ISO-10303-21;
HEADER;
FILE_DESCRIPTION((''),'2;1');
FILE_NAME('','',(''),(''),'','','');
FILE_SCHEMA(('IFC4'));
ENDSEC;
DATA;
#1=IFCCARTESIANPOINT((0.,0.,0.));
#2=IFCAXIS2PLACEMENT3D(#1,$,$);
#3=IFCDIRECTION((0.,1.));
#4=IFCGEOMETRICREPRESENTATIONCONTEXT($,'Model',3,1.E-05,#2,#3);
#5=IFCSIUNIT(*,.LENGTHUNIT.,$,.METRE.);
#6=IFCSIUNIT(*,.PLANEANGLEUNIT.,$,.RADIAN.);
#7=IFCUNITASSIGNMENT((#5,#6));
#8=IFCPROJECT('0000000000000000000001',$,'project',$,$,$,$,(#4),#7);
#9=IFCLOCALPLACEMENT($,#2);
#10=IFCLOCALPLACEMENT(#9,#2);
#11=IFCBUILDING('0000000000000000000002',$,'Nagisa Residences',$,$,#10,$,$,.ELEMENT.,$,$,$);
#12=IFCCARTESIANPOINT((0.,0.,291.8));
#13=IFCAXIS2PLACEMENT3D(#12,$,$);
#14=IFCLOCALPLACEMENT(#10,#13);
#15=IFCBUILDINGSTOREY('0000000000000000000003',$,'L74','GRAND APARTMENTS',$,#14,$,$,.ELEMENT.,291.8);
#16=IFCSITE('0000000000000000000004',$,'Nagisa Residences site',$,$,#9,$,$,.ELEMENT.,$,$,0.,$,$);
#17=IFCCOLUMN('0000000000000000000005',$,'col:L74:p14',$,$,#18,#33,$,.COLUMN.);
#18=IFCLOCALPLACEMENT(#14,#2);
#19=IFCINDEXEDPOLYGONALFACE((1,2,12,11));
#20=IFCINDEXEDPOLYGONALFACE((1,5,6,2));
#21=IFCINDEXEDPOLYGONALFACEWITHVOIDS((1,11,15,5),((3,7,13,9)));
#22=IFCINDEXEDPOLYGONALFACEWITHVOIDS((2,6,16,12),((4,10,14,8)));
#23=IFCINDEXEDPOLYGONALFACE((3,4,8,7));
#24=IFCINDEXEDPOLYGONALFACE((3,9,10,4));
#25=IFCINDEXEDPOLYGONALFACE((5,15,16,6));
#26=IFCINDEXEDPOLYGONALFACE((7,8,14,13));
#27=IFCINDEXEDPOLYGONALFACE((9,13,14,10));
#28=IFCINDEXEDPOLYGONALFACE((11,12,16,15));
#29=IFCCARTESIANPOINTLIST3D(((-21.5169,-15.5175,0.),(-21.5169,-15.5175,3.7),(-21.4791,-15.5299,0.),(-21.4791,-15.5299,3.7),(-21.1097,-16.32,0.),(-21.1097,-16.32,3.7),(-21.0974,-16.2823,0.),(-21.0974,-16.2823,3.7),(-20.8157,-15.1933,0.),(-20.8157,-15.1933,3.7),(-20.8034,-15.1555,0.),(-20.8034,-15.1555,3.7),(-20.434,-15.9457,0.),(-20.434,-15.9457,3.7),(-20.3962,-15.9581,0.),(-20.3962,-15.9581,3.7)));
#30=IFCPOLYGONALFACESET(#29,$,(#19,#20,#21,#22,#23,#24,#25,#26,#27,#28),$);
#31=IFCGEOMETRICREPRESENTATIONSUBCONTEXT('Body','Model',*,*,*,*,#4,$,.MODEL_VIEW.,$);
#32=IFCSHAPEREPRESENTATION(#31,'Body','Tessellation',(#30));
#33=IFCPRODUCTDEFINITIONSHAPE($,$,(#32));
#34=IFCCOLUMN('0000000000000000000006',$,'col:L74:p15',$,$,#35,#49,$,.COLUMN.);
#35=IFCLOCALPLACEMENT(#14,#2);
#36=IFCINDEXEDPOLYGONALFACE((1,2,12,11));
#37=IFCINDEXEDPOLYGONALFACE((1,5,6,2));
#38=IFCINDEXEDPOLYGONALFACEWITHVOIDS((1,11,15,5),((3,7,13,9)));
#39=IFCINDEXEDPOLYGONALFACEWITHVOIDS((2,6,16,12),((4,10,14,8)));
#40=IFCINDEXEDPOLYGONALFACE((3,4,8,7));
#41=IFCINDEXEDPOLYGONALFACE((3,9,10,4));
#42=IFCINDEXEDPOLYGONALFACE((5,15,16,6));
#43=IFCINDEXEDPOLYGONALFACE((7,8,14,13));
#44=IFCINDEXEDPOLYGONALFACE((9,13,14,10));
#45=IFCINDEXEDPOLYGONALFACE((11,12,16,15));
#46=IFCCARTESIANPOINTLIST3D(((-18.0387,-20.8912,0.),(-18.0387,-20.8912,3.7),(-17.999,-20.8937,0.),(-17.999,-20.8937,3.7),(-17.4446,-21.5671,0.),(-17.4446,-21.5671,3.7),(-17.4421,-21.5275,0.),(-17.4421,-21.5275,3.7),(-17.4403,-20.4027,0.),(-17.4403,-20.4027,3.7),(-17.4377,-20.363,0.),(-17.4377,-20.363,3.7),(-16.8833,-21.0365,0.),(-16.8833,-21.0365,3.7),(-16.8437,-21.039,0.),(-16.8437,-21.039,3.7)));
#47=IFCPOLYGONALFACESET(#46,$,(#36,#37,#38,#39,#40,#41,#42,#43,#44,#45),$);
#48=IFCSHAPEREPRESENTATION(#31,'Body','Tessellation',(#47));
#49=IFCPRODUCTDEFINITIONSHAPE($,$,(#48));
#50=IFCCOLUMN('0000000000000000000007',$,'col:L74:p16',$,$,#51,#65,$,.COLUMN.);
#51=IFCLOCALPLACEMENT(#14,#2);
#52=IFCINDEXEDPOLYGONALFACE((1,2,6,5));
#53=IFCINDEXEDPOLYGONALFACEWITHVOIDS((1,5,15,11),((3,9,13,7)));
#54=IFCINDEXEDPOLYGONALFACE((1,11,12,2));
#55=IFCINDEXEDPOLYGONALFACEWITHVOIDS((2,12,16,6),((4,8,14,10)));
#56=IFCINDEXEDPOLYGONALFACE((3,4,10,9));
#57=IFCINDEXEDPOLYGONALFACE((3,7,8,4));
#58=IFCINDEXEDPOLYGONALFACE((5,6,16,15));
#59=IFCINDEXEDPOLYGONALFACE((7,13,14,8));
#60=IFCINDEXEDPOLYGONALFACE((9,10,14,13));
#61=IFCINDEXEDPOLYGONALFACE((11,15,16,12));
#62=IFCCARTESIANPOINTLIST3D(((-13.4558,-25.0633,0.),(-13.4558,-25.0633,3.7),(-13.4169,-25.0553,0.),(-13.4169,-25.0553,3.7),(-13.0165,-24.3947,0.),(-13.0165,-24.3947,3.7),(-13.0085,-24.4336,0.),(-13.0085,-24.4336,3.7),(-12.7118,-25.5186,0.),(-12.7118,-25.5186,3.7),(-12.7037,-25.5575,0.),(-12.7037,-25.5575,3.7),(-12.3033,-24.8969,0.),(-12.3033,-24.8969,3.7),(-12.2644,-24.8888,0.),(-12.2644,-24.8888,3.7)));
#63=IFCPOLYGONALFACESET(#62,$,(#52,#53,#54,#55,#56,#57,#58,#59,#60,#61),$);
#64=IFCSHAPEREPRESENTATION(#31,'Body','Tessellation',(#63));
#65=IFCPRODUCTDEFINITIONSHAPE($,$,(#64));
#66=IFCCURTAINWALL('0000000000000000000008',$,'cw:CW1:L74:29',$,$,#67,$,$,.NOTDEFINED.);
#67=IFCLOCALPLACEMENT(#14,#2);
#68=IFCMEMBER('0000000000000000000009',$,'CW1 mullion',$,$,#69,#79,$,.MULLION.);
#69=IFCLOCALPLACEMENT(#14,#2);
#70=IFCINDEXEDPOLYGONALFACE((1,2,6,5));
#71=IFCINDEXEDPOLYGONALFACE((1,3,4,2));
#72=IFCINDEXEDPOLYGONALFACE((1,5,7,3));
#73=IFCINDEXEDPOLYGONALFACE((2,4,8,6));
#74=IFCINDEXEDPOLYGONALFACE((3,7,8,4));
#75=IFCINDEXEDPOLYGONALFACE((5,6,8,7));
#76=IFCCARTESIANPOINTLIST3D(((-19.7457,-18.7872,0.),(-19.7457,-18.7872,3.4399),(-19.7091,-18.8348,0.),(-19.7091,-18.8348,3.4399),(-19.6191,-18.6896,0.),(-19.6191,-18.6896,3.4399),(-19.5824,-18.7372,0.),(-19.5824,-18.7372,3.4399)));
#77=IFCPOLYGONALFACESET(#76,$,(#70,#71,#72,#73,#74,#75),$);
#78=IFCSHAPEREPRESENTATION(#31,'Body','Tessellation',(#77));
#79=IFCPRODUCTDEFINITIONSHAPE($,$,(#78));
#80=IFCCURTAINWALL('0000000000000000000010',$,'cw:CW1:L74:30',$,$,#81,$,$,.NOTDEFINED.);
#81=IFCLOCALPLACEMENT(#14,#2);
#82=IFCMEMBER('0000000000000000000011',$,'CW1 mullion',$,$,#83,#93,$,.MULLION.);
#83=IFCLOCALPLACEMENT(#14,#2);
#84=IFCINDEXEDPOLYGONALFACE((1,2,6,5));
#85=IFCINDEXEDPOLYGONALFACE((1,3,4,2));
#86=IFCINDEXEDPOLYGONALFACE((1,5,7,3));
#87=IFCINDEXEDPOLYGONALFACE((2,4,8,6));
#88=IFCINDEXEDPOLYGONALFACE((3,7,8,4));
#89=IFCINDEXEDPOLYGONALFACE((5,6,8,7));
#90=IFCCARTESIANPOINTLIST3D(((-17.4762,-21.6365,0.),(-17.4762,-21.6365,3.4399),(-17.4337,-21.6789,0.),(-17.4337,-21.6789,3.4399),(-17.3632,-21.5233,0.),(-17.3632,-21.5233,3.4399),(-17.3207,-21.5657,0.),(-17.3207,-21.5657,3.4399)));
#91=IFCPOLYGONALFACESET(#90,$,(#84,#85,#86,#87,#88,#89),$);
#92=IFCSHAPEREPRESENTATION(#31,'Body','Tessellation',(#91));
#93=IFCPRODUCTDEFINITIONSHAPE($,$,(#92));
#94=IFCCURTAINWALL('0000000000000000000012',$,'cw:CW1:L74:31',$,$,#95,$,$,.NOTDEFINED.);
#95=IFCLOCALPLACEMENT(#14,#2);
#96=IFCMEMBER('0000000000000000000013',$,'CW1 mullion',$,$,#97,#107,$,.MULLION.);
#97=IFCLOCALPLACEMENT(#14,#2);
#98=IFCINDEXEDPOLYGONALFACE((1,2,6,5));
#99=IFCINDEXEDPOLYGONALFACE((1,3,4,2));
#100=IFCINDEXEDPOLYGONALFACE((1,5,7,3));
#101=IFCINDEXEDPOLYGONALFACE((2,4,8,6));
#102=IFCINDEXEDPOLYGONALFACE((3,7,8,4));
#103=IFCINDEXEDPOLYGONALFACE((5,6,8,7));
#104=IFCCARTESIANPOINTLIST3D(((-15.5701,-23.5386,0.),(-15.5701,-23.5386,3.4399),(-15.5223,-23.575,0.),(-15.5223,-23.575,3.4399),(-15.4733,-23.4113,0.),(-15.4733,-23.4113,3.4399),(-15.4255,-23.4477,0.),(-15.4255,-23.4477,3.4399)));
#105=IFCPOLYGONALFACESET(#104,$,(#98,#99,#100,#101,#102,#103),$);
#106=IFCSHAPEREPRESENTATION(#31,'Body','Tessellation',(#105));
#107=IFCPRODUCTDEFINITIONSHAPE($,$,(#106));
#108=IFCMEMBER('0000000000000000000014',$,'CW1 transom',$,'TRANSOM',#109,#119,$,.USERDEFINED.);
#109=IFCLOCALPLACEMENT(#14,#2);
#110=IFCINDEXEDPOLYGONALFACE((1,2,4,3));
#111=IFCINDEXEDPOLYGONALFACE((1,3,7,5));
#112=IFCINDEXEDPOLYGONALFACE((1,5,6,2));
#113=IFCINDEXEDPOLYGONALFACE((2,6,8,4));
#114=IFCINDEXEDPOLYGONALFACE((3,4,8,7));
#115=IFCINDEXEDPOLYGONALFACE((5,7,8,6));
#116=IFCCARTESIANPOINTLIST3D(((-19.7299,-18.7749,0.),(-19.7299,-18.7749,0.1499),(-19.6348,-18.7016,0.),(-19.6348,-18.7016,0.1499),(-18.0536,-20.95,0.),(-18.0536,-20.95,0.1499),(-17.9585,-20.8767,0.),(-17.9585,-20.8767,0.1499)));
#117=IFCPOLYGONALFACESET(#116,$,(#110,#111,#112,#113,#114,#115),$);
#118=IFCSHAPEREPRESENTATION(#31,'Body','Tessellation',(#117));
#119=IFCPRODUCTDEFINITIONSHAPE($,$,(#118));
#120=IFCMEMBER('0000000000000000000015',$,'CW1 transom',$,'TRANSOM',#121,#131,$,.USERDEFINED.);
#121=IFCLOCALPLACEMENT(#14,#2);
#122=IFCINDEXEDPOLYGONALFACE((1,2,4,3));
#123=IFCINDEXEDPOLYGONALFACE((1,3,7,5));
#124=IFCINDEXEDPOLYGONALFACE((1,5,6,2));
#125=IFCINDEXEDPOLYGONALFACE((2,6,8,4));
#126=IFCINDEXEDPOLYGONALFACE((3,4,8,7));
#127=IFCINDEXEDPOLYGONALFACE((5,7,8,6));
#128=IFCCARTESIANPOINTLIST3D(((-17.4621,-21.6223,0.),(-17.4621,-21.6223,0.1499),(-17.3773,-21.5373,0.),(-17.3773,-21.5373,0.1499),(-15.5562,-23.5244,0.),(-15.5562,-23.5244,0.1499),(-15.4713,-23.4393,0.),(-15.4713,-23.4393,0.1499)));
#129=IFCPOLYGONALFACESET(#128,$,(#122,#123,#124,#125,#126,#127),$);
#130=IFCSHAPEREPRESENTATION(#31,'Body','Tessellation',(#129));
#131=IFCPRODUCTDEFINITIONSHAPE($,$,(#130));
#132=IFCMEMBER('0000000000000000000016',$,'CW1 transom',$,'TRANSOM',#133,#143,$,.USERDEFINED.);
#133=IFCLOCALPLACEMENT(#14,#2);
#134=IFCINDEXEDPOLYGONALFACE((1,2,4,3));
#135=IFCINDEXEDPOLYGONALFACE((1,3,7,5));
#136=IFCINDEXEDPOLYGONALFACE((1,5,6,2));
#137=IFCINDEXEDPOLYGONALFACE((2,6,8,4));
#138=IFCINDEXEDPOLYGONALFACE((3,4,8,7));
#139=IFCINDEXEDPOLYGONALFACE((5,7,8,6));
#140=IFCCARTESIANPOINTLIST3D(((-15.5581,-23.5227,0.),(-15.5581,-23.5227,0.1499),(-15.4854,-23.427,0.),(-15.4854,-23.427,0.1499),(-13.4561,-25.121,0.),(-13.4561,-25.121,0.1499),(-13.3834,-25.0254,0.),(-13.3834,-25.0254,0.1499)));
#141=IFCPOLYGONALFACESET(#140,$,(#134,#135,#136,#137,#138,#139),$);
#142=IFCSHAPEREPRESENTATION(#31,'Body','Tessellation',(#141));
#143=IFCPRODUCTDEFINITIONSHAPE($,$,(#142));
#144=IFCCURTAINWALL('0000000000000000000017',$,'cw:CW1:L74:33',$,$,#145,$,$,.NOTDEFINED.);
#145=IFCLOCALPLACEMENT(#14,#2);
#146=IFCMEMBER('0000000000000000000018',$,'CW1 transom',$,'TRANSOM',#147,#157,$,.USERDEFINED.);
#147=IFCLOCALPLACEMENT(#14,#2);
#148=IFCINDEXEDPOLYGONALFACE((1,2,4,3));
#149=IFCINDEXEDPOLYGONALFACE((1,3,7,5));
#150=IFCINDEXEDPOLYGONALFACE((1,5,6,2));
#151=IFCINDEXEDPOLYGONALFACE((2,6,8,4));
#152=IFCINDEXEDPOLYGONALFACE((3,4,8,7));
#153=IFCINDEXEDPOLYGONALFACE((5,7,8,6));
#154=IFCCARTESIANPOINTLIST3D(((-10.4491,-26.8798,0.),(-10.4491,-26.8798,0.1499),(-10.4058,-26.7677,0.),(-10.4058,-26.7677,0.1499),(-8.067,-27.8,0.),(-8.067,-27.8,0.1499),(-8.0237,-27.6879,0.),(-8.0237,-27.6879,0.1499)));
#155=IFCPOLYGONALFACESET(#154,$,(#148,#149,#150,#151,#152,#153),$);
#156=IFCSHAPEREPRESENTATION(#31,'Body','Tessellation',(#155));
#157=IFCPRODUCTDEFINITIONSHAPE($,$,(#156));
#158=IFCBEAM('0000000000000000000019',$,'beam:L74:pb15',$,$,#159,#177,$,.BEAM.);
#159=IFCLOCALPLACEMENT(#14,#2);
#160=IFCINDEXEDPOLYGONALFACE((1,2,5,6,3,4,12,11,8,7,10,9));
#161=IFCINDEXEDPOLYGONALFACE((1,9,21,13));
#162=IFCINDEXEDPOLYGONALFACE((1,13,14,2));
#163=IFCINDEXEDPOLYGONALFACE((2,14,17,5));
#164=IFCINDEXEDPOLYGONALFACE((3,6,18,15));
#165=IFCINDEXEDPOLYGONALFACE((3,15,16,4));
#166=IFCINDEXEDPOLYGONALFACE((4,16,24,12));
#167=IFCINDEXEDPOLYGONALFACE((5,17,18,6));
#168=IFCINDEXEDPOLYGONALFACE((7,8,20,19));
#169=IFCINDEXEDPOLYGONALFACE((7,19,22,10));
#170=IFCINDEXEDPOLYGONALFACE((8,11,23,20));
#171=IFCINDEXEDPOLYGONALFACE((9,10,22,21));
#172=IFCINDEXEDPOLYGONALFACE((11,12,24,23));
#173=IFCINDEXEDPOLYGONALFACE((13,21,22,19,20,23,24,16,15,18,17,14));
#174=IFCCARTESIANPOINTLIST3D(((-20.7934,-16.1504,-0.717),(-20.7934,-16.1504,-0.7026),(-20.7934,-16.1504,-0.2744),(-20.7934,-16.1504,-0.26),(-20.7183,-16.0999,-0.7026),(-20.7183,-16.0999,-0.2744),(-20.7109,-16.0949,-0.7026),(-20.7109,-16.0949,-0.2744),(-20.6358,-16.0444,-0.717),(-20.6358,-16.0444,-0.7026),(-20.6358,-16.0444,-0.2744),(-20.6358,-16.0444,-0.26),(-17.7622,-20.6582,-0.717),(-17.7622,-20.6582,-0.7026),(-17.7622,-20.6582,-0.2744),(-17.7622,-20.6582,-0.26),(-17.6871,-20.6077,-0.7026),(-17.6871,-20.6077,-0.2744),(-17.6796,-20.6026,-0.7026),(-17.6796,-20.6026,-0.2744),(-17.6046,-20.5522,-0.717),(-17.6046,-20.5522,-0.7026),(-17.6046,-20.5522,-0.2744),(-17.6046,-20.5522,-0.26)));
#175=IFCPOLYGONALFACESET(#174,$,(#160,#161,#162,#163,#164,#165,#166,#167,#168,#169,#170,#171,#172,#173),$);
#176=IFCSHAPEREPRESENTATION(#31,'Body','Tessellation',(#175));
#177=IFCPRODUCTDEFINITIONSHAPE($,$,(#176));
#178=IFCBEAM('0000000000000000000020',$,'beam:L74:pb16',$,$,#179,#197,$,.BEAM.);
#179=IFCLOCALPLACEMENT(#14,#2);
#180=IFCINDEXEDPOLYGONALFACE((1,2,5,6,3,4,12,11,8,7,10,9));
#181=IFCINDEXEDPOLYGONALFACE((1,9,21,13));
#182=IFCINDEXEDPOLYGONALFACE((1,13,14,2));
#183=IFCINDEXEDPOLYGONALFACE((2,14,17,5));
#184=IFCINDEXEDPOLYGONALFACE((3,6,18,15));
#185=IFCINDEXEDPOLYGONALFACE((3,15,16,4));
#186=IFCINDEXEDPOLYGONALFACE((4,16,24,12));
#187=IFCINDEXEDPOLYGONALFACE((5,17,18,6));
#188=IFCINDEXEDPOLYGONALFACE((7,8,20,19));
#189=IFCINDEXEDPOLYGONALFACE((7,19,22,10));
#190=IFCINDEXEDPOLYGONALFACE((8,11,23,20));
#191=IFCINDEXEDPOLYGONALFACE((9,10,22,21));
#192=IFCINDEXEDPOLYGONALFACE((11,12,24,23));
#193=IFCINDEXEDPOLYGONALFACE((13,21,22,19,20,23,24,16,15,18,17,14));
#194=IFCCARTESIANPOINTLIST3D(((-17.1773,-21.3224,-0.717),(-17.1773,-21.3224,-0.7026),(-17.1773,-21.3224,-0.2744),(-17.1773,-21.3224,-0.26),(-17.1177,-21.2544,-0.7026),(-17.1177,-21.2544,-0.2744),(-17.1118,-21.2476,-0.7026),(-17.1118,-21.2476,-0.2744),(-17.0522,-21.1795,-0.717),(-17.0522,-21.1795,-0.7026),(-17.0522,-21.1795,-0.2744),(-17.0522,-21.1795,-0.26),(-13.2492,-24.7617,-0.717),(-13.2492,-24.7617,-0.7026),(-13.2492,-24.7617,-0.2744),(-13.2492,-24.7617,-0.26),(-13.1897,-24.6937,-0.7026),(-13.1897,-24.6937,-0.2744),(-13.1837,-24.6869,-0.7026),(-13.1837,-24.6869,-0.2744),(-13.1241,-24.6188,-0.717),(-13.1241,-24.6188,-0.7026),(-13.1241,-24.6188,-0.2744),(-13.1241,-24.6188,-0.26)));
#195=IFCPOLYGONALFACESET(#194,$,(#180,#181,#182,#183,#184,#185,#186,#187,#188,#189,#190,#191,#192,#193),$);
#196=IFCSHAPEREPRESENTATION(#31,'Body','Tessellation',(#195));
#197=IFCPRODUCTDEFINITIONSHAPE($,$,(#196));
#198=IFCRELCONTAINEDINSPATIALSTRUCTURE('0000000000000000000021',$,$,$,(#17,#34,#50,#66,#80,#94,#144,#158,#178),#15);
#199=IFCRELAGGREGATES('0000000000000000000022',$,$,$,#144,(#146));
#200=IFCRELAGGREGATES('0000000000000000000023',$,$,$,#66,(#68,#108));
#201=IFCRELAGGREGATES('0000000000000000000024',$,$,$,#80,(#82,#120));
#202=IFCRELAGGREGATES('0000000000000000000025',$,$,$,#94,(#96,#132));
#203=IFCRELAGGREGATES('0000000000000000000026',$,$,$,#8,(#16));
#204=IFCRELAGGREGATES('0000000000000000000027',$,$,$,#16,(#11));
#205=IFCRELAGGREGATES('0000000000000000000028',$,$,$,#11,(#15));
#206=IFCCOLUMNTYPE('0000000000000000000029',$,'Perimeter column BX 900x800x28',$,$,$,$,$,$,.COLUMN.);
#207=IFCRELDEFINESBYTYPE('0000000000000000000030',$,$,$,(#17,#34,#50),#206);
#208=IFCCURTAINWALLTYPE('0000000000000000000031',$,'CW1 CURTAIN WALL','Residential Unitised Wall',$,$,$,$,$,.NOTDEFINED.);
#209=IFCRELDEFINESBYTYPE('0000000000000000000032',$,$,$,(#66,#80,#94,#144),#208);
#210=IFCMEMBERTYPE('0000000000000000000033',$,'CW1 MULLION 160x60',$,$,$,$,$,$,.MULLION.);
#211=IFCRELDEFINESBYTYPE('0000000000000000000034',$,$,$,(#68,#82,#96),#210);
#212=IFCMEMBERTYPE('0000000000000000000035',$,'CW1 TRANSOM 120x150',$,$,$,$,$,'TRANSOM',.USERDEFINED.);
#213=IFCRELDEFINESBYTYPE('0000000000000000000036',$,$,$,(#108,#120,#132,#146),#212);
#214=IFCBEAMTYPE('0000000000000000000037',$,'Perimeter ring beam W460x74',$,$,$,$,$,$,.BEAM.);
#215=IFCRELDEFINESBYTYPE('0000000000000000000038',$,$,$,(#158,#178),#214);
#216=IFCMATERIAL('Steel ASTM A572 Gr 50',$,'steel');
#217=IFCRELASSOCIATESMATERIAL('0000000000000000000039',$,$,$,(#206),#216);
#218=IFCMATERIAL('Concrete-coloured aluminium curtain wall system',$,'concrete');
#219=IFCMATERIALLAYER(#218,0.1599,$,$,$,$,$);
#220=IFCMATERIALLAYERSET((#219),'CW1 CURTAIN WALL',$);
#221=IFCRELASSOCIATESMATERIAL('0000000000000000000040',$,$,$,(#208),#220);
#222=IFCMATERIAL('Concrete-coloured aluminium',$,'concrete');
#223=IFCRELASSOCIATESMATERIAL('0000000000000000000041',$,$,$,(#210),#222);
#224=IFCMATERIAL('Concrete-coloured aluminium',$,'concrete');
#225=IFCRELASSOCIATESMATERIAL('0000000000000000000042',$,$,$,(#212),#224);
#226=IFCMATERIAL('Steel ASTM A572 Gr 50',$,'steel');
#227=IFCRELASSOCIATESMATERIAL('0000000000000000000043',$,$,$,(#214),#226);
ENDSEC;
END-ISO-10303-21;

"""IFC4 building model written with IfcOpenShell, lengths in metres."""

from ifc_helpers import new_model, si_unit, direction, frame, origin, origin_2d, place, context, subcontext, project, spatial, rectangle, hollow_rectangle, i_section, extrude, material, layer, layer_set, material_profile, profile_set, type_object, element, aggregate, save


model = new_model("IFC4")

# Units and contexts
model_context = context("Model", 3, precision=1e-05, world=origin(), true_north=direction((0.0, 1.0)))
body_context = subcontext(model_context, "Body", "Model", "MODEL_VIEW")
ifc_project = project(units=[si_unit("LENGTHUNIT", "METRE"), si_unit("PLANEANGLEUNIT", "RADIAN")], contexts=[model_context])

# Site, building, storey
site_placement = place(None, origin())
site = spatial("IfcSite", under=ifc_project, at=site_placement, Name="Nagisa Residences site", CompositionType="ELEMENT", RefElevation=0.0)
building_placement = place(site_placement, origin())
building = spatial("IfcBuilding", under=site, at=building_placement, Name="Nagisa Residences", CompositionType="ELEMENT")
storey_placement = place(building_placement, frame((0.0, 0.0, 291.8)))
storey = spatial("IfcBuildingStorey", under=building, at=storey_placement, Name="L74", Description="GRAND APARTMENTS", CompositionType="ELEMENT", Elevation=291.8)

# Columns
ifc_material_1 = material(Name="Steel ASTM A572 Gr 50", Category="steel")
ifc_material_profile_1 = material_profile(ifc_material_1, hollow_rectangle(XDim=0.8999, YDim=0.8, WallThickness=0.0281, at=origin_2d()), Name="BX 900x800x28")
ifc_profile_set_1 = profile_set([ifc_material_profile_1], Name="Steel ASTM A572 Gr 50")
column_type = type_object("IfcColumnType", Name="Perimeter column BX 900x800x28", PredefinedType="COLUMN", material=ifc_profile_set_1)
for number, where, z_axis, x_axis, name in (
    (1, (-20.9565, -15.7378, 0.0), (0.0, 0.0, 1.0), (0.452463, -0.891783, 0.0), "col:L74:p14"),
    (2, (-17.4412, -20.9651, 0.0), (0.0, 0.0, 1.0), (0.660115, -0.751165, 0.0), "col:L74:p15"),
    (3, (-12.8601, -24.9761, 0.0), (0.0, 0.0, 1.0), (0.835766, -0.549086, 0.0), "col:L74:p16"),
):
    element("IfcColumn", number, at=place(storey_placement, frame(where, z_axis=z_axis, x_axis=x_axis)), inside=storey, type_object=column_type, Name=name, PredefinedType="COLUMN", context=body_context, shape_type="SweptSolid", body=[
        extrude(hollow_rectangle(XDim=0.8999, YDim=0.8, WallThickness=0.0281, at=origin_2d()), origin(), (0.0, 0.0, 1.0), 3.7),
    ])

# Curtain walls, members
ifc_material_2 = material(Name="Concrete-coloured aluminium curtain wall system", Category="concrete")
ifc_layer_1 = layer(ifc_material_2, 0.1599)
ifc_layer_set_1 = layer_set([ifc_layer_1], Name="CW1 CURTAIN WALL")
curtain_wall_type = type_object("IfcCurtainWallType", Name="CW1 CURTAIN WALL", Description="Residential Unitised Wall", PredefinedType="NOTDEFINED", material=ifc_layer_set_1)
curtain_wall_1_placement = place(storey_placement, origin())
curtain_wall_1 = element("IfcCurtainWall", 4, at=curtain_wall_1_placement, inside=storey, type_object=curtain_wall_type, Name="cw:CW1:L74:29", PredefinedType="NOTDEFINED")
ifc_material_3 = material(Name="Concrete-coloured aluminium", Category="concrete")
ifc_material_profile_2 = material_profile(ifc_material_3, rectangle(XDim=0.1599, YDim=0.0601, at=origin_2d()), Name="CW1 MULLION 160x60")
ifc_profile_set_2 = profile_set([ifc_material_profile_2], Name="Concrete-coloured aluminium")
member_type_1 = type_object("IfcMemberType", Name="CW1 MULLION 160x60", PredefinedType="MULLION", material=ifc_profile_set_2)
member_1_placement = place(storey_placement, frame((-19.6641, -18.7622, 0.0), z_axis=(0.0, 0.0, 1.0), x_axis=(0.79207, 0.61043, 0.0)))
member_1 = element("IfcMember", 5, at=member_1_placement, type_object=member_type_1, Name="CW1 mullion", PredefinedType="MULLION", context=body_context, shape_type="SweptSolid", body=[
    extrude(rectangle(XDim=0.1599, YDim=0.0601, at=origin_2d()), origin(), (0.0, 0.0, 1.0), 3.4399),
])
curtain_wall_2_placement = place(storey_placement, origin())
curtain_wall_2 = element("IfcCurtainWall", 6, at=curtain_wall_2_placement, inside=storey, type_object=curtain_wall_type, Name="cw:CW1:L74:30", PredefinedType="NOTDEFINED")
member_2_placement = place(storey_placement, frame((-17.3984, -21.6011, 0.0), z_axis=(0.0, 0.0, 1.0), x_axis=(0.706377, 0.707836, 0.0)))
member_2 = element("IfcMember", 7, at=member_2_placement, type_object=member_type_1, Name="CW1 mullion", PredefinedType="MULLION", context=body_context, shape_type="SweptSolid", body=[
    extrude(rectangle(XDim=0.1599, YDim=0.0601, at=origin_2d()), origin(), (0.0, 0.0, 1.0), 3.4399),
])
curtain_wall_3_placement = place(storey_placement, origin())
curtain_wall_3 = element("IfcCurtainWall", 8, at=curtain_wall_3_placement, inside=storey, type_object=curtain_wall_type, Name="cw:CW1:L74:31", PredefinedType="NOTDEFINED")
member_3_placement = place(storey_placement, frame((-15.4978, -23.4932, 0.0), z_axis=(0.0, 0.0, 1.0), x_axis=(0.605255, 0.796031, 0.0)))
member_3 = element("IfcMember", 9, at=member_3_placement, type_object=member_type_1, Name="CW1 mullion", PredefinedType="MULLION", context=body_context, shape_type="SweptSolid", body=[
    extrude(rectangle(XDim=0.1599, YDim=0.0601, at=origin_2d()), origin(), (0.0, 0.0, 1.0), 3.4399),
])

# Members
ifc_material_4 = material(Name="Concrete-coloured aluminium", Category="concrete")
ifc_material_profile_3 = material_profile(ifc_material_4, rectangle(XDim=0.1201, YDim=0.1499, at=origin_2d()), Name="CW1 TRANSOM 120x150")
ifc_profile_set_3 = profile_set([ifc_material_profile_3], Name="Concrete-coloured aluminium")
member_type_2 = type_object("IfcMemberType", Name="CW1 TRANSOM 120x150", ElementType="TRANSOM", PredefinedType="USERDEFINED", material=ifc_profile_set_3)
member_4_placement = place(storey_placement, frame((-19.6824, -18.7383, 0.075), z_axis=(0.610432, -0.792068, 0.0), x_axis=(0.792068, 0.610432, 0.0)))
member_4 = element("IfcMember", 10, at=member_4_placement, type_object=member_type_2, Name="CW1 transom", ObjectType="TRANSOM", PredefinedType="USERDEFINED", context=body_context, shape_type="SweptSolid", body=[
    extrude(rectangle(XDim=0.1201, YDim=0.1499, at=origin_2d()), origin(), (0.0, 0.0, 1.0), 2.7461),
])
member_5_placement = place(storey_placement, frame((-17.4197, -21.5798, 0.075), z_axis=(0.707832, -0.706381, 0.0), x_axis=(0.706381, 0.707832, 0.0)))
member_5 = element("IfcMember", 11, at=member_5_placement, type_object=member_type_2, Name="CW1 transom", ObjectType="TRANSOM", PredefinedType="USERDEFINED", context=body_context, shape_type="SweptSolid", body=[
    extrude(rectangle(XDim=0.1201, YDim=0.1499, at=origin_2d()), origin(), (0.0, 0.0, 1.0), 2.6926),
])
member_6_placement = place(storey_placement, frame((-15.5217, -23.4749, 0.075), z_axis=(0.796011, -0.605282, 0.0), x_axis=(0.605282, 0.796011, 0.0)))
member_6 = element("IfcMember", 12, at=member_6_placement, type_object=member_type_2, Name="CW1 transom", ObjectType="TRANSOM", PredefinedType="USERDEFINED", context=body_context, shape_type="SweptSolid", body=[
    extrude(rectangle(XDim=0.1201, YDim=0.1499, at=origin_2d()), origin(), (0.0, 0.0, 1.0), 2.6406),
])

# Curtain wall, member
curtain_wall_4_placement = place(storey_placement, origin())
curtain_wall_4 = element("IfcCurtainWall", 13, at=curtain_wall_4_placement, inside=storey, type_object=curtain_wall_type, Name="cw:CW1:L74:33", PredefinedType="NOTDEFINED")
member_7_placement = place(storey_placement, frame((-10.4275, -26.8237, 0.075), z_axis=(0.932822, -0.360337, 0.0), x_axis=(0.360337, 0.932822, 0.0)))
member_7 = element("IfcMember", 14, at=member_7_placement, type_object=member_type_2, Name="CW1 transom", ObjectType="TRANSOM", PredefinedType="USERDEFINED", context=body_context, shape_type="SweptSolid", body=[
    extrude(rectangle(XDim=0.1201, YDim=0.1499, at=origin_2d()), origin(), (0.0, 0.0, 1.0), 2.5537),
])
aggregate(curtain_wall_4, [member_7])

# Beams
ifc_material_5 = material(Name="Steel ASTM A572 Gr 50", Category="steel")
ifc_material_profile_4 = material_profile(ifc_material_5, i_section(OverallWidth=0.1899, OverallDepth=0.457, WebThickness=0.009, FlangeThickness=0.0144, at=origin_2d()), Name="W460x74")
ifc_profile_set_4 = profile_set([ifc_material_profile_4], Name="Steel ASTM A572 Gr 50")
beam_type_1 = type_object("IfcBeamType", Name="Perimeter ring beam W460x74", PredefinedType="BEAM", material=ifc_profile_set_4)
beam_1_placement = place(storey_placement, frame((-20.7146, -16.0974, -0.4885), z_axis=(0.558015, -0.829831, 0.0), x_axis=(0.829831, 0.558015, 0.0)))
element("IfcBeam", 15, at=beam_1_placement, inside=storey, type_object=beam_type_1, Name="beam:L74:pb15", PredefinedType="BEAM", context=body_context, shape_type="SweptSolid", body=[
    extrude(i_section(OverallWidth=0.1899, OverallDepth=0.457, WebThickness=0.009, FlangeThickness=0.0144, at=origin_2d()), origin(), (0.0, 0.0, 1.0), 5.4321),
])
beam_2_placement = place(storey_placement, frame((-17.1147, -21.251, -0.4885), z_axis=(0.752365, -0.658746, 0.0), x_axis=(0.658746, 0.752365, 0.0)))
element("IfcBeam", 16, at=beam_2_placement, inside=storey, type_object=beam_type_1, Name="beam:L74:pb16", PredefinedType="BEAM", context=body_context, shape_type="SweptSolid", body=[
    extrude(i_section(OverallWidth=0.1899, OverallDepth=0.457, WebThickness=0.009, FlangeThickness=0.0144, at=origin_2d()), origin(), (0.0, 0.0, 1.0), 5.2209),
])

aggregate(curtain_wall_1, [member_1, member_4])
aggregate(curtain_wall_2, [member_2, member_5])
aggregate(curtain_wall_3, [member_3, member_6])

save(model, "model.ifc")
